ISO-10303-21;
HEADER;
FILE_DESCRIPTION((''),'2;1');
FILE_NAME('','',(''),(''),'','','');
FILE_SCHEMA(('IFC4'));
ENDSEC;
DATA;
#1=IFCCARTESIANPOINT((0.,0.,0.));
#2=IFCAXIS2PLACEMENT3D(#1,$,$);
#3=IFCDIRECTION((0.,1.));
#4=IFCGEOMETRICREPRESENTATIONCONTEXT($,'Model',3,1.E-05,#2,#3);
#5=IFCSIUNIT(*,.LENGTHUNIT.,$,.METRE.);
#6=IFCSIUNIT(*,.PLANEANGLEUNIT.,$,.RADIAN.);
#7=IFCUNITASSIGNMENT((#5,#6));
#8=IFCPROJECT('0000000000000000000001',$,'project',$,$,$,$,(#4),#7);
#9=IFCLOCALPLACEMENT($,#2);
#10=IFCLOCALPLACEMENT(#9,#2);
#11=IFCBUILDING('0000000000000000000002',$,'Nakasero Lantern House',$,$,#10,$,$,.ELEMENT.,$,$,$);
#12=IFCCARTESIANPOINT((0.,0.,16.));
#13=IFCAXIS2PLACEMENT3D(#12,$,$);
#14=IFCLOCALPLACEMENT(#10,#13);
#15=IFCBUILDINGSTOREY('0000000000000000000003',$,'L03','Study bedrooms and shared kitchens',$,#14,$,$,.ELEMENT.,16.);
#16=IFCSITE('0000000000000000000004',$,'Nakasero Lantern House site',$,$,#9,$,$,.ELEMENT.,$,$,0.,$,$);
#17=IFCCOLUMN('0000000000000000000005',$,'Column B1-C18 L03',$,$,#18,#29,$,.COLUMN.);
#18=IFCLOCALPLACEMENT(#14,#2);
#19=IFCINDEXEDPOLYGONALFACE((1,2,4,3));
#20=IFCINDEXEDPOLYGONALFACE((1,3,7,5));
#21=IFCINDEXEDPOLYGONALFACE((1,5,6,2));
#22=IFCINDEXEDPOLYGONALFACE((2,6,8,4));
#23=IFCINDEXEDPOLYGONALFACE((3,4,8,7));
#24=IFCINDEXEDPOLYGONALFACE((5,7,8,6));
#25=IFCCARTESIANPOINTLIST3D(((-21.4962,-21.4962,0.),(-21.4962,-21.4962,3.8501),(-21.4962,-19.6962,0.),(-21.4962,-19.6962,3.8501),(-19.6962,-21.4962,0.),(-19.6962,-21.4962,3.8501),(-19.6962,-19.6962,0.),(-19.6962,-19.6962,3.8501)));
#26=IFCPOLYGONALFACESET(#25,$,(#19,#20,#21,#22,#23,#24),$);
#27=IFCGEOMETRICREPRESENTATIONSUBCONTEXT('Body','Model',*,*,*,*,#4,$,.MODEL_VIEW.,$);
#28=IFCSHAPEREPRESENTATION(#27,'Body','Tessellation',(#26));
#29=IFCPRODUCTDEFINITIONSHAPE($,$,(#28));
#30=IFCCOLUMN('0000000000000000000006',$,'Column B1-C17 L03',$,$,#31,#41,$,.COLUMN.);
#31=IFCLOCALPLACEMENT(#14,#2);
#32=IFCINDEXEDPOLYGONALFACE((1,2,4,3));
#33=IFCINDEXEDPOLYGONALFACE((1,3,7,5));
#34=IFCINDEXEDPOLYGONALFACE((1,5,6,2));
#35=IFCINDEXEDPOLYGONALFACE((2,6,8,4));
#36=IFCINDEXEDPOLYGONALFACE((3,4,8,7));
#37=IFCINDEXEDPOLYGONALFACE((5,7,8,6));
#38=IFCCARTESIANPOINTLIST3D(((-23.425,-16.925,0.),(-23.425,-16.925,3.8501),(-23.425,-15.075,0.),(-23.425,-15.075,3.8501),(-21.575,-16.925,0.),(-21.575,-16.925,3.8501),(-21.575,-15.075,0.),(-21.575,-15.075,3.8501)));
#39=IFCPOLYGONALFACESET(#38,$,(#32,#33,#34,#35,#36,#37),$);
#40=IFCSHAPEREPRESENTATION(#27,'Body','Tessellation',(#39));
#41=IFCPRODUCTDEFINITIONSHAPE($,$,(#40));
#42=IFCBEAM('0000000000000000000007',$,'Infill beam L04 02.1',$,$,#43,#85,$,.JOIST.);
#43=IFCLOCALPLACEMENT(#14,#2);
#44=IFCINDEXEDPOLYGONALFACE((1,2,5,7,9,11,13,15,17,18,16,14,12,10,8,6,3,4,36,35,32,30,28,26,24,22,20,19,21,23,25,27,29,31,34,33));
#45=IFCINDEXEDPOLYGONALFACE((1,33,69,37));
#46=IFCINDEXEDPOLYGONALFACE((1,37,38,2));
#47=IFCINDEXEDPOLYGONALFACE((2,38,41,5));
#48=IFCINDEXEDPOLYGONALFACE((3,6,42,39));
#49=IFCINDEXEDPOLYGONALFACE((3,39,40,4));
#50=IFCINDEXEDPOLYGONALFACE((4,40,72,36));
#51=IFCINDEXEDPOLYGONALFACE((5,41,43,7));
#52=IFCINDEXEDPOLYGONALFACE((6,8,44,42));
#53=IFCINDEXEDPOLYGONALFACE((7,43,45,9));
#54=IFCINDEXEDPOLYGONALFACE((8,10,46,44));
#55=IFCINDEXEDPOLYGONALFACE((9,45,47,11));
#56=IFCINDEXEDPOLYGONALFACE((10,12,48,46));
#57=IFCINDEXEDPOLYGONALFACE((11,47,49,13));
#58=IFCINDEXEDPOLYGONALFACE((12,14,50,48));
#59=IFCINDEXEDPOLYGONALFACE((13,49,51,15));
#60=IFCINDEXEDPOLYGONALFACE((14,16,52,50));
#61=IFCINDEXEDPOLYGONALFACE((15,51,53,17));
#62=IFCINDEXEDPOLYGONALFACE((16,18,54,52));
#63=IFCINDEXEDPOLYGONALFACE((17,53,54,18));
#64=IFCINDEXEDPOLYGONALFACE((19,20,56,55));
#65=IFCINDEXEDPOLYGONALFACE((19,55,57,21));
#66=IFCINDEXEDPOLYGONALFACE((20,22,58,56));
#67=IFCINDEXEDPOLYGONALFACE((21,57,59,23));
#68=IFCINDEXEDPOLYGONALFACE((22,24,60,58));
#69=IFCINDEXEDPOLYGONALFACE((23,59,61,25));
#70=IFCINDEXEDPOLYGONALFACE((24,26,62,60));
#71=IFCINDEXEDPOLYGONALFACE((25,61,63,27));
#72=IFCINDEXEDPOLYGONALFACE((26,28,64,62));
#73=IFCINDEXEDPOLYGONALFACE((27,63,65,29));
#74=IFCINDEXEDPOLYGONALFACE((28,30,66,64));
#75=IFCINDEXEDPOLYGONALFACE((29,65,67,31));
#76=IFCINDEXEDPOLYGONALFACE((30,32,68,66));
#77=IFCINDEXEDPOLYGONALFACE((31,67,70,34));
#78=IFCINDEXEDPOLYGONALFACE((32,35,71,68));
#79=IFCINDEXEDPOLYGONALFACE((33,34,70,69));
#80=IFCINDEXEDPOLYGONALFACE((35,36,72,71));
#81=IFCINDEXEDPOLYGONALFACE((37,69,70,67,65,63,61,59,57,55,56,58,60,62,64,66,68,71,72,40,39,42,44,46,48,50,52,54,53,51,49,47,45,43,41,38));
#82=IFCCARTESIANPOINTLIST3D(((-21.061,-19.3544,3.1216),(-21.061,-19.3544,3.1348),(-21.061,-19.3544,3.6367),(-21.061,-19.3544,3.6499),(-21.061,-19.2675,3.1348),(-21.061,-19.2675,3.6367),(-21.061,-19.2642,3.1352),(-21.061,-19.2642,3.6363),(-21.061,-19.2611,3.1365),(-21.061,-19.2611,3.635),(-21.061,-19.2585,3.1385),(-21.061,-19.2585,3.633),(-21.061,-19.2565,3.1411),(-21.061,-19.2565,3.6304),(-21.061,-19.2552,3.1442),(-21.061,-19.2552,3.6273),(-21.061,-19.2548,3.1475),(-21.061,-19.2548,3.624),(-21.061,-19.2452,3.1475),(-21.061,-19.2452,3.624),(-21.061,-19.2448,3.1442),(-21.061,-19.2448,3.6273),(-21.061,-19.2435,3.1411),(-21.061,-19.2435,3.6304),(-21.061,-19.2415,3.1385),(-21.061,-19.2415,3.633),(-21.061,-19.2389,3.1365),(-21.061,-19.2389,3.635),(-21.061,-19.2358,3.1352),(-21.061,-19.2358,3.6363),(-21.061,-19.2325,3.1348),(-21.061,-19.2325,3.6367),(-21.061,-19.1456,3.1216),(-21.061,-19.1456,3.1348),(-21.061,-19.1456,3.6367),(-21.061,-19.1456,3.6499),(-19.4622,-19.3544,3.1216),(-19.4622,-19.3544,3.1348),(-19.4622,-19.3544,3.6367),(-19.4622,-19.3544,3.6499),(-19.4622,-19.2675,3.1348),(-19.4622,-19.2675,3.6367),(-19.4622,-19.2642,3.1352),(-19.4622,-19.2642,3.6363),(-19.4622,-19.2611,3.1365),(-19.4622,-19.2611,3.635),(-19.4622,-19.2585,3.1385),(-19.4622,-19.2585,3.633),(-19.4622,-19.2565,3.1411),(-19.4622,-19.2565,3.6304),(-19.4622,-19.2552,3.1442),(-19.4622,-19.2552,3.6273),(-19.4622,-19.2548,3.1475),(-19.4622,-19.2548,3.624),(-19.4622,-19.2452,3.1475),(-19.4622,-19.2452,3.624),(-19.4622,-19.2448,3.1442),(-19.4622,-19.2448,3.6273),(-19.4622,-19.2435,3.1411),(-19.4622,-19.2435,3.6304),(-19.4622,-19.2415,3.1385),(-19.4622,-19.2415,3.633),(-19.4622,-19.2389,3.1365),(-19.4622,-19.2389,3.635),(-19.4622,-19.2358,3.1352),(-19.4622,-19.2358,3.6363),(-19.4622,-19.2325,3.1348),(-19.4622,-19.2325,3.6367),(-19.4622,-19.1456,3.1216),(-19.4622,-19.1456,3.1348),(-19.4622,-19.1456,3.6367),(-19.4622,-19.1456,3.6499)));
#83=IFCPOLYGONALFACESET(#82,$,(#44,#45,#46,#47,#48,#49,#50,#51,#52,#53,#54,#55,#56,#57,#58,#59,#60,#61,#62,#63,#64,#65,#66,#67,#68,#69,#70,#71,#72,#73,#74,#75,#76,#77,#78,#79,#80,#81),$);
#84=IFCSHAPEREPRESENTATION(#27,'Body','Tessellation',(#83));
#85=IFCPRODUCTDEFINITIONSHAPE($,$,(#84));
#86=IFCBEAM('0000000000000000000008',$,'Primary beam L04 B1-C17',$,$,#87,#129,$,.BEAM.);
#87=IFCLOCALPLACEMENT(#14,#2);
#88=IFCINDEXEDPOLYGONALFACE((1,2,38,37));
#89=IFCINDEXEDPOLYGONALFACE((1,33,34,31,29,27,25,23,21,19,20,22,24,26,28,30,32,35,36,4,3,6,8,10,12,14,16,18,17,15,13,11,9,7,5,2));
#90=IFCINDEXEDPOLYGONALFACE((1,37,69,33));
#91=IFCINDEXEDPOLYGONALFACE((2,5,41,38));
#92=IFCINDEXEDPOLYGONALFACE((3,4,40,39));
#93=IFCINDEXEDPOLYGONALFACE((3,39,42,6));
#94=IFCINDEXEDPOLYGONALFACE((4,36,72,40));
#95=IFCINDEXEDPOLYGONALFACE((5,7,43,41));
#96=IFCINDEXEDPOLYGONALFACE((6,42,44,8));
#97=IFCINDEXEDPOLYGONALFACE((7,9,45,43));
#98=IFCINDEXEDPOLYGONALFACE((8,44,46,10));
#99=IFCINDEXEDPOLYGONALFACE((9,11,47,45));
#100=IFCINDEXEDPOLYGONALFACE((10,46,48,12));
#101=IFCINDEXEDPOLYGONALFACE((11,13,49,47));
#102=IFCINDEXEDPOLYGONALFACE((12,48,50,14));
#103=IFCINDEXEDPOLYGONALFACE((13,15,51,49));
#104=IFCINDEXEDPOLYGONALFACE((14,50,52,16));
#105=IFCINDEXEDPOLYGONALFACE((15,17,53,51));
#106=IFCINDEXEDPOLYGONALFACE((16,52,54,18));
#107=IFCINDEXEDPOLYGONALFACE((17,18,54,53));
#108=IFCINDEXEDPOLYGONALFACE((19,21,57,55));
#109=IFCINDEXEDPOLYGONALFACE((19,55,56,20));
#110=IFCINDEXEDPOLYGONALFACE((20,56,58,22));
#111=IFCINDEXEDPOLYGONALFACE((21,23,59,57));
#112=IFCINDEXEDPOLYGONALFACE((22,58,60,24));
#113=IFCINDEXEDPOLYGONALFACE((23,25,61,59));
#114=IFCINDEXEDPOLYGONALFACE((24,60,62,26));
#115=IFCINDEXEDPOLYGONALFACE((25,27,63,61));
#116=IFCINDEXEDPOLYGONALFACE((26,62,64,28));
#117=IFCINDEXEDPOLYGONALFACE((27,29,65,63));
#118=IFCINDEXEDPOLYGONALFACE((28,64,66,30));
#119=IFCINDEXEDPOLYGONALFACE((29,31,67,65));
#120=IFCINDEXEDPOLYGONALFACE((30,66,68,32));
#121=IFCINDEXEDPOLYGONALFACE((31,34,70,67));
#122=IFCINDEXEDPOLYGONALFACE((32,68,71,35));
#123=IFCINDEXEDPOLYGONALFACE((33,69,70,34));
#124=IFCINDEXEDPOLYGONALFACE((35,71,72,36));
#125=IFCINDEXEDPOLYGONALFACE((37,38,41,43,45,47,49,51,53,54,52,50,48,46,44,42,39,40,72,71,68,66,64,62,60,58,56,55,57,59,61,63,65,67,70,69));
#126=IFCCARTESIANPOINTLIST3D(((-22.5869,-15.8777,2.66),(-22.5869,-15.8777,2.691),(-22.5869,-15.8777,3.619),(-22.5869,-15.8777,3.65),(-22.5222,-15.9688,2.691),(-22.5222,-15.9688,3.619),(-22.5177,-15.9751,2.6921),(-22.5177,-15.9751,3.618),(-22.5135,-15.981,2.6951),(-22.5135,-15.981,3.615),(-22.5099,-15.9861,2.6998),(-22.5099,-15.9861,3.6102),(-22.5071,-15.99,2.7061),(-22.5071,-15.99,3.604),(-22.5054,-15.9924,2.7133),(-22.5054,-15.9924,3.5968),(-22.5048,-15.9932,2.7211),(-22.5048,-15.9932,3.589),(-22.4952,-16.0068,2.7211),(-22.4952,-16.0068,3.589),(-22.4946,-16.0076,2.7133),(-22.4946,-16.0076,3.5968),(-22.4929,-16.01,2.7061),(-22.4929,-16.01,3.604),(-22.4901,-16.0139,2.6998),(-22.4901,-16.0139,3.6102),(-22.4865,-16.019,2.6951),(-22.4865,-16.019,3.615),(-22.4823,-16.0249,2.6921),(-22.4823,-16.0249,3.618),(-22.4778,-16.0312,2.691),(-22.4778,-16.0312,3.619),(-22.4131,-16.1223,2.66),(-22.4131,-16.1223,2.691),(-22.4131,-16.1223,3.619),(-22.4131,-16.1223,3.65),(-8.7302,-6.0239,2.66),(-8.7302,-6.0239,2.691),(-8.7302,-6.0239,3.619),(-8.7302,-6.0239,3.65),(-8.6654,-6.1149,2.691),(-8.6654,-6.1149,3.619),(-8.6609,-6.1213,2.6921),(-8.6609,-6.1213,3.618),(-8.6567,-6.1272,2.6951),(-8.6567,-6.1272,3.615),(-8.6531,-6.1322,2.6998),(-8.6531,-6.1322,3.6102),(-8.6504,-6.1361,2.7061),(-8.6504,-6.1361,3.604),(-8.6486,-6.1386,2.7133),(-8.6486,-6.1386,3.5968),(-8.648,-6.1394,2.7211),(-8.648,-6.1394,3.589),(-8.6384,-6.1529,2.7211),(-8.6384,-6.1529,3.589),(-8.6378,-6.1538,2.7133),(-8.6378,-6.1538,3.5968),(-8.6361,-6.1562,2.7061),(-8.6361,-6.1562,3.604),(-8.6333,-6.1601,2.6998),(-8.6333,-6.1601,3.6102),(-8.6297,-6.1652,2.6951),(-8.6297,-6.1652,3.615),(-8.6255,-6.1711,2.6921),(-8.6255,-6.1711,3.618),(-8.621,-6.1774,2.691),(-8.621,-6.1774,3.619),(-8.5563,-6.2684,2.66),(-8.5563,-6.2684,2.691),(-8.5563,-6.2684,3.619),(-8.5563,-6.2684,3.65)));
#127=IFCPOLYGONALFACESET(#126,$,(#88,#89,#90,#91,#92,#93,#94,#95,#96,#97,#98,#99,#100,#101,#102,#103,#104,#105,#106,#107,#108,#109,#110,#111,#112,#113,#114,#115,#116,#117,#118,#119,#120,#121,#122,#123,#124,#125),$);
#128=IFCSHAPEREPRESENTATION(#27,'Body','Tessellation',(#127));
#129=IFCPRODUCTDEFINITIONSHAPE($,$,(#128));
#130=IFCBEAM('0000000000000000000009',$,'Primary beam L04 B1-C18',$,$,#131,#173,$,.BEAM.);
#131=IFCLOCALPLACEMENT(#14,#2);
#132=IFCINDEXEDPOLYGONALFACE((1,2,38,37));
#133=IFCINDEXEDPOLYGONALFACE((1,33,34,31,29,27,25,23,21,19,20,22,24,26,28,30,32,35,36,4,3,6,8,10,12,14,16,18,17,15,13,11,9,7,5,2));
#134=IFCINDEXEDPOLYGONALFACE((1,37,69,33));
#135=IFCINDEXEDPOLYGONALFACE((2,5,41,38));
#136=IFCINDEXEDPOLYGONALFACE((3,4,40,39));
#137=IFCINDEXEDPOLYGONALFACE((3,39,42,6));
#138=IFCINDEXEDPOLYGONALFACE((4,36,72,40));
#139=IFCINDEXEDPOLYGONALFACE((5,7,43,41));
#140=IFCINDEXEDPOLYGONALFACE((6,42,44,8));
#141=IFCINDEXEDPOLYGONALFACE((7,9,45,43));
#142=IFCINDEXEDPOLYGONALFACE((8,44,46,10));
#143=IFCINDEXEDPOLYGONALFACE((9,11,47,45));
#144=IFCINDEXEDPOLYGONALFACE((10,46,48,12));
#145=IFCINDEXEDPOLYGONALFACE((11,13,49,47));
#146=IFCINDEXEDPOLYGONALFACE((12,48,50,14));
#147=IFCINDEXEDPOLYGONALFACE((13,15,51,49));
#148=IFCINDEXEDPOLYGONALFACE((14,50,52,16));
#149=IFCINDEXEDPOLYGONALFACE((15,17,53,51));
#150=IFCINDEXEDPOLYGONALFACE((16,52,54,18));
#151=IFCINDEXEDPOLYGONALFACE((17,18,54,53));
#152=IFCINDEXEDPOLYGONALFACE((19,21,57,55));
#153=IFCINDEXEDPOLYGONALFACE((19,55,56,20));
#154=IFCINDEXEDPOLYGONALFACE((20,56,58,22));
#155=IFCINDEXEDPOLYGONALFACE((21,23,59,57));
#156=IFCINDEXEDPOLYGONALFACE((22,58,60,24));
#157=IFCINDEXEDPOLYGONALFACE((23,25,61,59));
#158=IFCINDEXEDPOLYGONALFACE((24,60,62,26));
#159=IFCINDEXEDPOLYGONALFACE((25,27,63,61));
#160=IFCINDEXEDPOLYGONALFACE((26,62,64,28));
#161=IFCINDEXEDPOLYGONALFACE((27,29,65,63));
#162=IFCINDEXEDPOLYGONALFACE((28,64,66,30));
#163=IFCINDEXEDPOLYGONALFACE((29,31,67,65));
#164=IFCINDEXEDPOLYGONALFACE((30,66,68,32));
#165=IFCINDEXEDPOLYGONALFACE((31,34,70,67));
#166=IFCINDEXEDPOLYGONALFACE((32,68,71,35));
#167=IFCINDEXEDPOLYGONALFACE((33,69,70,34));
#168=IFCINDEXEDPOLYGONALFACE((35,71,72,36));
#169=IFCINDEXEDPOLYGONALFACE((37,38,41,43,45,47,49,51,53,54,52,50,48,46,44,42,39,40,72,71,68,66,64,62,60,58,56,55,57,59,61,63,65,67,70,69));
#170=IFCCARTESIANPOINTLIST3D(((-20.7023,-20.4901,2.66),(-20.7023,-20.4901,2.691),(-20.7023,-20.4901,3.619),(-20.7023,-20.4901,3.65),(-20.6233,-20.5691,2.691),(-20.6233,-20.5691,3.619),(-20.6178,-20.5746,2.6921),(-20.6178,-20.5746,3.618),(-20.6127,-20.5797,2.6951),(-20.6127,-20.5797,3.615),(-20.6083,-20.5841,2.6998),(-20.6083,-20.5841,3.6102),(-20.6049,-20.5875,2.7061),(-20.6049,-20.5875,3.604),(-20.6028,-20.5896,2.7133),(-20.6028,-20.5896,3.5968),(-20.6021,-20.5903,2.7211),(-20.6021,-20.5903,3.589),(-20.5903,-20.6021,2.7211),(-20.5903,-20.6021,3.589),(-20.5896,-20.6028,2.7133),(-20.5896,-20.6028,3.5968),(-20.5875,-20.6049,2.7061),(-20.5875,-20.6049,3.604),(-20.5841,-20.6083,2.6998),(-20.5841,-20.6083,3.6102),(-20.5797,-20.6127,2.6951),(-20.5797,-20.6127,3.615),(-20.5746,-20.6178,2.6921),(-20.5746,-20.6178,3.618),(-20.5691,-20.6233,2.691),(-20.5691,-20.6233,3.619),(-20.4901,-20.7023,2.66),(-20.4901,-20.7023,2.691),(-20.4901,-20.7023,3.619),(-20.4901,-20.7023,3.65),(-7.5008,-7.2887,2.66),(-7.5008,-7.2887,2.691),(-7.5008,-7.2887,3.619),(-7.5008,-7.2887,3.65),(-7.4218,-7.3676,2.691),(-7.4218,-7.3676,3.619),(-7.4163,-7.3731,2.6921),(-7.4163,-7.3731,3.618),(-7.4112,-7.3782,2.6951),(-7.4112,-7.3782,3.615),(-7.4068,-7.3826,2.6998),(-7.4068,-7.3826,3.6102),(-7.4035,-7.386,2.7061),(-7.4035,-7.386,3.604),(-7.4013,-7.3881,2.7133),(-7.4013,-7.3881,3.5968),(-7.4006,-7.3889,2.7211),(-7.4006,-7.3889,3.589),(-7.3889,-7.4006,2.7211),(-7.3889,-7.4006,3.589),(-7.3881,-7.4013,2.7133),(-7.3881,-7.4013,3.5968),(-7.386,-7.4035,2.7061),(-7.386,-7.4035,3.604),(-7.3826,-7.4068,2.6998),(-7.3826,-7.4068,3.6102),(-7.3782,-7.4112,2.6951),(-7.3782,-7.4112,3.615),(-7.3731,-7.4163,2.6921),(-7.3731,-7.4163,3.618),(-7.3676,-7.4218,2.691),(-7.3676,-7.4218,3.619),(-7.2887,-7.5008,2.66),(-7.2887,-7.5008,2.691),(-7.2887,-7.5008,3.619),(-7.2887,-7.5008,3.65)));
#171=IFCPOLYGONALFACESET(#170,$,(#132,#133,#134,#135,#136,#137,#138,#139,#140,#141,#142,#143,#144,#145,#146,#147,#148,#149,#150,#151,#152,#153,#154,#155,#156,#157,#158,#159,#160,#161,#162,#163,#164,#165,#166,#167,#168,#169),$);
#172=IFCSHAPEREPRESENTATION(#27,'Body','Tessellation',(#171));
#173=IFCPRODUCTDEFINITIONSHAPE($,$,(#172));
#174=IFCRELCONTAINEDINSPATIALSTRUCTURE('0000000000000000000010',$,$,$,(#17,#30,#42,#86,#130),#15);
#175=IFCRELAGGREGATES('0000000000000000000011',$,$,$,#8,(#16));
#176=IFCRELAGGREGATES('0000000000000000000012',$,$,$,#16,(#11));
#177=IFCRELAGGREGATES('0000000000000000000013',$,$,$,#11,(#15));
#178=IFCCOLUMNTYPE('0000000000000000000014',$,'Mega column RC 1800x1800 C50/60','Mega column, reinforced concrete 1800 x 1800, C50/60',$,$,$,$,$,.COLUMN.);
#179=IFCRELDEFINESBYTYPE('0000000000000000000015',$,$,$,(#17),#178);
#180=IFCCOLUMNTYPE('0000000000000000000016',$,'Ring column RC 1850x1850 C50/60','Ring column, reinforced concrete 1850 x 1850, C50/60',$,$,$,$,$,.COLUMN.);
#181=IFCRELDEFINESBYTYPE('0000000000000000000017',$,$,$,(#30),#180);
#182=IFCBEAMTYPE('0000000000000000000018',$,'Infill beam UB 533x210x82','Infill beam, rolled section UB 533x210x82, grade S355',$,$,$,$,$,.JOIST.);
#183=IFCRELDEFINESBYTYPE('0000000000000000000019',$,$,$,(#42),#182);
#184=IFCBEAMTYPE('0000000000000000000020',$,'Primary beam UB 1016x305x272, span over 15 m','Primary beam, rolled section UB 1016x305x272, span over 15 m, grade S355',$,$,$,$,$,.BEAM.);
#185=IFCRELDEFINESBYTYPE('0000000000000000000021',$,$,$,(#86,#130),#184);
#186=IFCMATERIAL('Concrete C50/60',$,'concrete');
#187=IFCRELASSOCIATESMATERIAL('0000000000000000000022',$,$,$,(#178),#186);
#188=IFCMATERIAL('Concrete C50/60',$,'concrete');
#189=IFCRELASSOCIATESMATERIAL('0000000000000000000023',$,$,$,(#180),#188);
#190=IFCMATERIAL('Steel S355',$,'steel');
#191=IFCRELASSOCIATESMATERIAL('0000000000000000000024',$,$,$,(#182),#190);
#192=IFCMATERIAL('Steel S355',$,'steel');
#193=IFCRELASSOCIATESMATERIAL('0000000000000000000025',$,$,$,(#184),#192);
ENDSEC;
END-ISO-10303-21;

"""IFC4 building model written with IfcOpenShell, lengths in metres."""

from ifc_helpers import new_model, si_unit, direction, frame, origin, origin_2d, place, context, subcontext, project, spatial, rectangle, i_section, extrude, material, material_profile, profile_set, type_object, element, save


model = new_model("IFC4")

# Units and contexts
model_context = context("Model", 3, precision=1e-05, world=origin(), true_north=direction((0.0, 1.0)))
body_context = subcontext(model_context, "Body", "Model", "MODEL_VIEW")
ifc_project = project(units=[si_unit("LENGTHUNIT", "METRE"), si_unit("PLANEANGLEUNIT", "RADIAN")], contexts=[model_context])

# Site, building, storey
site_placement = place(None, origin())
site = spatial("IfcSite", under=ifc_project, at=site_placement, Name="Nakasero Lantern House site", CompositionType="ELEMENT", RefElevation=0.0)
building_placement = place(site_placement, origin())
building = spatial("IfcBuilding", under=site, at=building_placement, Name="Nakasero Lantern House", CompositionType="ELEMENT")
storey_placement = place(building_placement, frame((0.0, 0.0, 16.0)))
storey = spatial("IfcBuildingStorey", under=building, at=storey_placement, Name="L03", Description="Study bedrooms and shared kitchens", CompositionType="ELEMENT", Elevation=16.0)

# Columns
ifc_material_1 = material(Name="Concrete C50/60", Category="concrete")
ifc_material_profile_1 = material_profile(ifc_material_1, rectangle(XDim=1.8, YDim=1.8, at=origin_2d()), Name="RC 1800x1800")
ifc_profile_set_1 = profile_set([ifc_material_profile_1], Name="Concrete C50/60")
column_type_1 = type_object("IfcColumnType", Name="Mega column RC 1800x1800 C50/60", Description="Mega column, reinforced concrete 1800 x 1800, C50/60", PredefinedType="COLUMN", material=ifc_profile_set_1)
column_1_placement = place(storey_placement, frame((-20.5962, -20.5962, 0.0), z_axis=(0.0, 0.0, 1.0), x_axis=(1.0, 0.0, 0.0)))
element("IfcColumn", 1, at=column_1_placement, inside=storey, type_object=column_type_1, Name="Column B1-C18 L03", PredefinedType="COLUMN", context=body_context, shape_type="SweptSolid", body=[
    extrude(rectangle(XDim=1.8, YDim=1.8, at=origin_2d()), origin(), (0.0, 0.0, 1.0), 3.8501),
])
ifc_material_2 = material(Name="Concrete C50/60", Category="concrete")
ifc_material_profile_2 = material_profile(ifc_material_2, rectangle(XDim=1.8501, YDim=1.8501, at=origin_2d()), Name="RC 1850x1850")
ifc_profile_set_2 = profile_set([ifc_material_profile_2], Name="Concrete C50/60")
column_type_2 = type_object("IfcColumnType", Name="Ring column RC 1850x1850 C50/60", Description="Ring column, reinforced concrete 1850 x 1850, C50/60", PredefinedType="COLUMN", material=ifc_profile_set_2)
column_2_placement = place(storey_placement, frame((-22.5, -16.0, 0.0), z_axis=(0.0, 0.0, 1.0), x_axis=(1.0, 0.0, 0.0)))
element("IfcColumn", 2, at=column_2_placement, inside=storey, type_object=column_type_2, Name="Column B1-C17 L03", PredefinedType="COLUMN", context=body_context, shape_type="SweptSolid", body=[
    extrude(rectangle(XDim=1.8501, YDim=1.8501, at=origin_2d()), origin(), (0.0, 0.0, 1.0), 3.8501),
])

# Beams
ifc_material_3 = material(Name="Steel S355", Category="steel")
ifc_material_profile_3 = material_profile(ifc_material_3, i_section(OverallWidth=0.2087, OverallDepth=0.5283, WebThickness=0.0095, FlangeThickness=0.0132, FilletRadius=0.0127, at=origin_2d()), Name="UB 533x210x82")
ifc_profile_set_3 = profile_set([ifc_material_profile_3], Name="Steel S355")
beam_type_1 = type_object("IfcBeamType", Name="Infill beam UB 533x210x82", Description="Infill beam, rolled section UB 533x210x82, grade S355", PredefinedType="JOIST", material=ifc_profile_set_3)
beam_1_placement = place(storey_placement, frame((-21.061, -19.25, 3.3857), z_axis=(1.0, 0.0, 0.0), x_axis=(0.0, 1.0, 0.0)))
element("IfcBeam", 3, at=beam_1_placement, inside=storey, type_object=beam_type_1, Name="Infill beam L04 02.1", PredefinedType="JOIST", context=body_context, shape_type="SweptSolid", body=[
    extrude(i_section(OverallWidth=0.2087, OverallDepth=0.5283, WebThickness=0.0095, FlangeThickness=0.0132, FilletRadius=0.0127, at=origin_2d()), origin(), (0.0, 0.0, 1.0), 1.5989),
])
ifc_material_4 = material(Name="Steel S355", Category="steel")
ifc_material_profile_4 = material_profile(ifc_material_4, i_section(OverallWidth=0.3, OverallDepth=0.99, WebThickness=0.0166, FlangeThickness=0.031, FilletRadius=0.03, at=origin_2d()), Name="UB 1016x305x272")
ifc_profile_set_4 = profile_set([ifc_material_profile_4], Name="Steel S355")
beam_type_2 = type_object("IfcBeamType", Name="Primary beam UB 1016x305x272, span over 15 m", Description="Primary beam, rolled section UB 1016x305x272, span over 15 m, grade S355", PredefinedType="BEAM", material=ifc_profile_set_4)
beam_2_placement = place(storey_placement, frame((-22.5, -16.0, 3.155), z_axis=(0.814952, 0.579528, 0.0), x_axis=(-0.579528, 0.814952, 0.0)))
element("IfcBeam", 4, at=beam_2_placement, inside=storey, type_object=beam_type_2, Name="Primary beam L04 B1-C17", PredefinedType="BEAM", context=body_context, shape_type="SweptSolid", body=[
    extrude(i_section(OverallWidth=0.3, OverallDepth=0.99, WebThickness=0.0166, FlangeThickness=0.031, FilletRadius=0.03, at=origin_2d()), origin(), (0.0, 0.0, 1.0), 17.0032),
])
beam_3_placement = place(storey_placement, frame((-20.5962, -20.5962, 3.155), z_axis=(0.707107, 0.707107, 0.0), x_axis=(-0.707107, 0.707107, 0.0)))
element("IfcBeam", 5, at=beam_3_placement, inside=storey, type_object=beam_type_2, Name="Primary beam L04 B1-C18", PredefinedType="BEAM", context=body_context, shape_type="SweptSolid", body=[
    extrude(i_section(OverallWidth=0.3, OverallDepth=0.99, WebThickness=0.0166, FlangeThickness=0.031, FilletRadius=0.03, at=origin_2d()), origin(), (0.0, 0.0, 1.0), 18.6697),
])

save(model, "model.ifc")
